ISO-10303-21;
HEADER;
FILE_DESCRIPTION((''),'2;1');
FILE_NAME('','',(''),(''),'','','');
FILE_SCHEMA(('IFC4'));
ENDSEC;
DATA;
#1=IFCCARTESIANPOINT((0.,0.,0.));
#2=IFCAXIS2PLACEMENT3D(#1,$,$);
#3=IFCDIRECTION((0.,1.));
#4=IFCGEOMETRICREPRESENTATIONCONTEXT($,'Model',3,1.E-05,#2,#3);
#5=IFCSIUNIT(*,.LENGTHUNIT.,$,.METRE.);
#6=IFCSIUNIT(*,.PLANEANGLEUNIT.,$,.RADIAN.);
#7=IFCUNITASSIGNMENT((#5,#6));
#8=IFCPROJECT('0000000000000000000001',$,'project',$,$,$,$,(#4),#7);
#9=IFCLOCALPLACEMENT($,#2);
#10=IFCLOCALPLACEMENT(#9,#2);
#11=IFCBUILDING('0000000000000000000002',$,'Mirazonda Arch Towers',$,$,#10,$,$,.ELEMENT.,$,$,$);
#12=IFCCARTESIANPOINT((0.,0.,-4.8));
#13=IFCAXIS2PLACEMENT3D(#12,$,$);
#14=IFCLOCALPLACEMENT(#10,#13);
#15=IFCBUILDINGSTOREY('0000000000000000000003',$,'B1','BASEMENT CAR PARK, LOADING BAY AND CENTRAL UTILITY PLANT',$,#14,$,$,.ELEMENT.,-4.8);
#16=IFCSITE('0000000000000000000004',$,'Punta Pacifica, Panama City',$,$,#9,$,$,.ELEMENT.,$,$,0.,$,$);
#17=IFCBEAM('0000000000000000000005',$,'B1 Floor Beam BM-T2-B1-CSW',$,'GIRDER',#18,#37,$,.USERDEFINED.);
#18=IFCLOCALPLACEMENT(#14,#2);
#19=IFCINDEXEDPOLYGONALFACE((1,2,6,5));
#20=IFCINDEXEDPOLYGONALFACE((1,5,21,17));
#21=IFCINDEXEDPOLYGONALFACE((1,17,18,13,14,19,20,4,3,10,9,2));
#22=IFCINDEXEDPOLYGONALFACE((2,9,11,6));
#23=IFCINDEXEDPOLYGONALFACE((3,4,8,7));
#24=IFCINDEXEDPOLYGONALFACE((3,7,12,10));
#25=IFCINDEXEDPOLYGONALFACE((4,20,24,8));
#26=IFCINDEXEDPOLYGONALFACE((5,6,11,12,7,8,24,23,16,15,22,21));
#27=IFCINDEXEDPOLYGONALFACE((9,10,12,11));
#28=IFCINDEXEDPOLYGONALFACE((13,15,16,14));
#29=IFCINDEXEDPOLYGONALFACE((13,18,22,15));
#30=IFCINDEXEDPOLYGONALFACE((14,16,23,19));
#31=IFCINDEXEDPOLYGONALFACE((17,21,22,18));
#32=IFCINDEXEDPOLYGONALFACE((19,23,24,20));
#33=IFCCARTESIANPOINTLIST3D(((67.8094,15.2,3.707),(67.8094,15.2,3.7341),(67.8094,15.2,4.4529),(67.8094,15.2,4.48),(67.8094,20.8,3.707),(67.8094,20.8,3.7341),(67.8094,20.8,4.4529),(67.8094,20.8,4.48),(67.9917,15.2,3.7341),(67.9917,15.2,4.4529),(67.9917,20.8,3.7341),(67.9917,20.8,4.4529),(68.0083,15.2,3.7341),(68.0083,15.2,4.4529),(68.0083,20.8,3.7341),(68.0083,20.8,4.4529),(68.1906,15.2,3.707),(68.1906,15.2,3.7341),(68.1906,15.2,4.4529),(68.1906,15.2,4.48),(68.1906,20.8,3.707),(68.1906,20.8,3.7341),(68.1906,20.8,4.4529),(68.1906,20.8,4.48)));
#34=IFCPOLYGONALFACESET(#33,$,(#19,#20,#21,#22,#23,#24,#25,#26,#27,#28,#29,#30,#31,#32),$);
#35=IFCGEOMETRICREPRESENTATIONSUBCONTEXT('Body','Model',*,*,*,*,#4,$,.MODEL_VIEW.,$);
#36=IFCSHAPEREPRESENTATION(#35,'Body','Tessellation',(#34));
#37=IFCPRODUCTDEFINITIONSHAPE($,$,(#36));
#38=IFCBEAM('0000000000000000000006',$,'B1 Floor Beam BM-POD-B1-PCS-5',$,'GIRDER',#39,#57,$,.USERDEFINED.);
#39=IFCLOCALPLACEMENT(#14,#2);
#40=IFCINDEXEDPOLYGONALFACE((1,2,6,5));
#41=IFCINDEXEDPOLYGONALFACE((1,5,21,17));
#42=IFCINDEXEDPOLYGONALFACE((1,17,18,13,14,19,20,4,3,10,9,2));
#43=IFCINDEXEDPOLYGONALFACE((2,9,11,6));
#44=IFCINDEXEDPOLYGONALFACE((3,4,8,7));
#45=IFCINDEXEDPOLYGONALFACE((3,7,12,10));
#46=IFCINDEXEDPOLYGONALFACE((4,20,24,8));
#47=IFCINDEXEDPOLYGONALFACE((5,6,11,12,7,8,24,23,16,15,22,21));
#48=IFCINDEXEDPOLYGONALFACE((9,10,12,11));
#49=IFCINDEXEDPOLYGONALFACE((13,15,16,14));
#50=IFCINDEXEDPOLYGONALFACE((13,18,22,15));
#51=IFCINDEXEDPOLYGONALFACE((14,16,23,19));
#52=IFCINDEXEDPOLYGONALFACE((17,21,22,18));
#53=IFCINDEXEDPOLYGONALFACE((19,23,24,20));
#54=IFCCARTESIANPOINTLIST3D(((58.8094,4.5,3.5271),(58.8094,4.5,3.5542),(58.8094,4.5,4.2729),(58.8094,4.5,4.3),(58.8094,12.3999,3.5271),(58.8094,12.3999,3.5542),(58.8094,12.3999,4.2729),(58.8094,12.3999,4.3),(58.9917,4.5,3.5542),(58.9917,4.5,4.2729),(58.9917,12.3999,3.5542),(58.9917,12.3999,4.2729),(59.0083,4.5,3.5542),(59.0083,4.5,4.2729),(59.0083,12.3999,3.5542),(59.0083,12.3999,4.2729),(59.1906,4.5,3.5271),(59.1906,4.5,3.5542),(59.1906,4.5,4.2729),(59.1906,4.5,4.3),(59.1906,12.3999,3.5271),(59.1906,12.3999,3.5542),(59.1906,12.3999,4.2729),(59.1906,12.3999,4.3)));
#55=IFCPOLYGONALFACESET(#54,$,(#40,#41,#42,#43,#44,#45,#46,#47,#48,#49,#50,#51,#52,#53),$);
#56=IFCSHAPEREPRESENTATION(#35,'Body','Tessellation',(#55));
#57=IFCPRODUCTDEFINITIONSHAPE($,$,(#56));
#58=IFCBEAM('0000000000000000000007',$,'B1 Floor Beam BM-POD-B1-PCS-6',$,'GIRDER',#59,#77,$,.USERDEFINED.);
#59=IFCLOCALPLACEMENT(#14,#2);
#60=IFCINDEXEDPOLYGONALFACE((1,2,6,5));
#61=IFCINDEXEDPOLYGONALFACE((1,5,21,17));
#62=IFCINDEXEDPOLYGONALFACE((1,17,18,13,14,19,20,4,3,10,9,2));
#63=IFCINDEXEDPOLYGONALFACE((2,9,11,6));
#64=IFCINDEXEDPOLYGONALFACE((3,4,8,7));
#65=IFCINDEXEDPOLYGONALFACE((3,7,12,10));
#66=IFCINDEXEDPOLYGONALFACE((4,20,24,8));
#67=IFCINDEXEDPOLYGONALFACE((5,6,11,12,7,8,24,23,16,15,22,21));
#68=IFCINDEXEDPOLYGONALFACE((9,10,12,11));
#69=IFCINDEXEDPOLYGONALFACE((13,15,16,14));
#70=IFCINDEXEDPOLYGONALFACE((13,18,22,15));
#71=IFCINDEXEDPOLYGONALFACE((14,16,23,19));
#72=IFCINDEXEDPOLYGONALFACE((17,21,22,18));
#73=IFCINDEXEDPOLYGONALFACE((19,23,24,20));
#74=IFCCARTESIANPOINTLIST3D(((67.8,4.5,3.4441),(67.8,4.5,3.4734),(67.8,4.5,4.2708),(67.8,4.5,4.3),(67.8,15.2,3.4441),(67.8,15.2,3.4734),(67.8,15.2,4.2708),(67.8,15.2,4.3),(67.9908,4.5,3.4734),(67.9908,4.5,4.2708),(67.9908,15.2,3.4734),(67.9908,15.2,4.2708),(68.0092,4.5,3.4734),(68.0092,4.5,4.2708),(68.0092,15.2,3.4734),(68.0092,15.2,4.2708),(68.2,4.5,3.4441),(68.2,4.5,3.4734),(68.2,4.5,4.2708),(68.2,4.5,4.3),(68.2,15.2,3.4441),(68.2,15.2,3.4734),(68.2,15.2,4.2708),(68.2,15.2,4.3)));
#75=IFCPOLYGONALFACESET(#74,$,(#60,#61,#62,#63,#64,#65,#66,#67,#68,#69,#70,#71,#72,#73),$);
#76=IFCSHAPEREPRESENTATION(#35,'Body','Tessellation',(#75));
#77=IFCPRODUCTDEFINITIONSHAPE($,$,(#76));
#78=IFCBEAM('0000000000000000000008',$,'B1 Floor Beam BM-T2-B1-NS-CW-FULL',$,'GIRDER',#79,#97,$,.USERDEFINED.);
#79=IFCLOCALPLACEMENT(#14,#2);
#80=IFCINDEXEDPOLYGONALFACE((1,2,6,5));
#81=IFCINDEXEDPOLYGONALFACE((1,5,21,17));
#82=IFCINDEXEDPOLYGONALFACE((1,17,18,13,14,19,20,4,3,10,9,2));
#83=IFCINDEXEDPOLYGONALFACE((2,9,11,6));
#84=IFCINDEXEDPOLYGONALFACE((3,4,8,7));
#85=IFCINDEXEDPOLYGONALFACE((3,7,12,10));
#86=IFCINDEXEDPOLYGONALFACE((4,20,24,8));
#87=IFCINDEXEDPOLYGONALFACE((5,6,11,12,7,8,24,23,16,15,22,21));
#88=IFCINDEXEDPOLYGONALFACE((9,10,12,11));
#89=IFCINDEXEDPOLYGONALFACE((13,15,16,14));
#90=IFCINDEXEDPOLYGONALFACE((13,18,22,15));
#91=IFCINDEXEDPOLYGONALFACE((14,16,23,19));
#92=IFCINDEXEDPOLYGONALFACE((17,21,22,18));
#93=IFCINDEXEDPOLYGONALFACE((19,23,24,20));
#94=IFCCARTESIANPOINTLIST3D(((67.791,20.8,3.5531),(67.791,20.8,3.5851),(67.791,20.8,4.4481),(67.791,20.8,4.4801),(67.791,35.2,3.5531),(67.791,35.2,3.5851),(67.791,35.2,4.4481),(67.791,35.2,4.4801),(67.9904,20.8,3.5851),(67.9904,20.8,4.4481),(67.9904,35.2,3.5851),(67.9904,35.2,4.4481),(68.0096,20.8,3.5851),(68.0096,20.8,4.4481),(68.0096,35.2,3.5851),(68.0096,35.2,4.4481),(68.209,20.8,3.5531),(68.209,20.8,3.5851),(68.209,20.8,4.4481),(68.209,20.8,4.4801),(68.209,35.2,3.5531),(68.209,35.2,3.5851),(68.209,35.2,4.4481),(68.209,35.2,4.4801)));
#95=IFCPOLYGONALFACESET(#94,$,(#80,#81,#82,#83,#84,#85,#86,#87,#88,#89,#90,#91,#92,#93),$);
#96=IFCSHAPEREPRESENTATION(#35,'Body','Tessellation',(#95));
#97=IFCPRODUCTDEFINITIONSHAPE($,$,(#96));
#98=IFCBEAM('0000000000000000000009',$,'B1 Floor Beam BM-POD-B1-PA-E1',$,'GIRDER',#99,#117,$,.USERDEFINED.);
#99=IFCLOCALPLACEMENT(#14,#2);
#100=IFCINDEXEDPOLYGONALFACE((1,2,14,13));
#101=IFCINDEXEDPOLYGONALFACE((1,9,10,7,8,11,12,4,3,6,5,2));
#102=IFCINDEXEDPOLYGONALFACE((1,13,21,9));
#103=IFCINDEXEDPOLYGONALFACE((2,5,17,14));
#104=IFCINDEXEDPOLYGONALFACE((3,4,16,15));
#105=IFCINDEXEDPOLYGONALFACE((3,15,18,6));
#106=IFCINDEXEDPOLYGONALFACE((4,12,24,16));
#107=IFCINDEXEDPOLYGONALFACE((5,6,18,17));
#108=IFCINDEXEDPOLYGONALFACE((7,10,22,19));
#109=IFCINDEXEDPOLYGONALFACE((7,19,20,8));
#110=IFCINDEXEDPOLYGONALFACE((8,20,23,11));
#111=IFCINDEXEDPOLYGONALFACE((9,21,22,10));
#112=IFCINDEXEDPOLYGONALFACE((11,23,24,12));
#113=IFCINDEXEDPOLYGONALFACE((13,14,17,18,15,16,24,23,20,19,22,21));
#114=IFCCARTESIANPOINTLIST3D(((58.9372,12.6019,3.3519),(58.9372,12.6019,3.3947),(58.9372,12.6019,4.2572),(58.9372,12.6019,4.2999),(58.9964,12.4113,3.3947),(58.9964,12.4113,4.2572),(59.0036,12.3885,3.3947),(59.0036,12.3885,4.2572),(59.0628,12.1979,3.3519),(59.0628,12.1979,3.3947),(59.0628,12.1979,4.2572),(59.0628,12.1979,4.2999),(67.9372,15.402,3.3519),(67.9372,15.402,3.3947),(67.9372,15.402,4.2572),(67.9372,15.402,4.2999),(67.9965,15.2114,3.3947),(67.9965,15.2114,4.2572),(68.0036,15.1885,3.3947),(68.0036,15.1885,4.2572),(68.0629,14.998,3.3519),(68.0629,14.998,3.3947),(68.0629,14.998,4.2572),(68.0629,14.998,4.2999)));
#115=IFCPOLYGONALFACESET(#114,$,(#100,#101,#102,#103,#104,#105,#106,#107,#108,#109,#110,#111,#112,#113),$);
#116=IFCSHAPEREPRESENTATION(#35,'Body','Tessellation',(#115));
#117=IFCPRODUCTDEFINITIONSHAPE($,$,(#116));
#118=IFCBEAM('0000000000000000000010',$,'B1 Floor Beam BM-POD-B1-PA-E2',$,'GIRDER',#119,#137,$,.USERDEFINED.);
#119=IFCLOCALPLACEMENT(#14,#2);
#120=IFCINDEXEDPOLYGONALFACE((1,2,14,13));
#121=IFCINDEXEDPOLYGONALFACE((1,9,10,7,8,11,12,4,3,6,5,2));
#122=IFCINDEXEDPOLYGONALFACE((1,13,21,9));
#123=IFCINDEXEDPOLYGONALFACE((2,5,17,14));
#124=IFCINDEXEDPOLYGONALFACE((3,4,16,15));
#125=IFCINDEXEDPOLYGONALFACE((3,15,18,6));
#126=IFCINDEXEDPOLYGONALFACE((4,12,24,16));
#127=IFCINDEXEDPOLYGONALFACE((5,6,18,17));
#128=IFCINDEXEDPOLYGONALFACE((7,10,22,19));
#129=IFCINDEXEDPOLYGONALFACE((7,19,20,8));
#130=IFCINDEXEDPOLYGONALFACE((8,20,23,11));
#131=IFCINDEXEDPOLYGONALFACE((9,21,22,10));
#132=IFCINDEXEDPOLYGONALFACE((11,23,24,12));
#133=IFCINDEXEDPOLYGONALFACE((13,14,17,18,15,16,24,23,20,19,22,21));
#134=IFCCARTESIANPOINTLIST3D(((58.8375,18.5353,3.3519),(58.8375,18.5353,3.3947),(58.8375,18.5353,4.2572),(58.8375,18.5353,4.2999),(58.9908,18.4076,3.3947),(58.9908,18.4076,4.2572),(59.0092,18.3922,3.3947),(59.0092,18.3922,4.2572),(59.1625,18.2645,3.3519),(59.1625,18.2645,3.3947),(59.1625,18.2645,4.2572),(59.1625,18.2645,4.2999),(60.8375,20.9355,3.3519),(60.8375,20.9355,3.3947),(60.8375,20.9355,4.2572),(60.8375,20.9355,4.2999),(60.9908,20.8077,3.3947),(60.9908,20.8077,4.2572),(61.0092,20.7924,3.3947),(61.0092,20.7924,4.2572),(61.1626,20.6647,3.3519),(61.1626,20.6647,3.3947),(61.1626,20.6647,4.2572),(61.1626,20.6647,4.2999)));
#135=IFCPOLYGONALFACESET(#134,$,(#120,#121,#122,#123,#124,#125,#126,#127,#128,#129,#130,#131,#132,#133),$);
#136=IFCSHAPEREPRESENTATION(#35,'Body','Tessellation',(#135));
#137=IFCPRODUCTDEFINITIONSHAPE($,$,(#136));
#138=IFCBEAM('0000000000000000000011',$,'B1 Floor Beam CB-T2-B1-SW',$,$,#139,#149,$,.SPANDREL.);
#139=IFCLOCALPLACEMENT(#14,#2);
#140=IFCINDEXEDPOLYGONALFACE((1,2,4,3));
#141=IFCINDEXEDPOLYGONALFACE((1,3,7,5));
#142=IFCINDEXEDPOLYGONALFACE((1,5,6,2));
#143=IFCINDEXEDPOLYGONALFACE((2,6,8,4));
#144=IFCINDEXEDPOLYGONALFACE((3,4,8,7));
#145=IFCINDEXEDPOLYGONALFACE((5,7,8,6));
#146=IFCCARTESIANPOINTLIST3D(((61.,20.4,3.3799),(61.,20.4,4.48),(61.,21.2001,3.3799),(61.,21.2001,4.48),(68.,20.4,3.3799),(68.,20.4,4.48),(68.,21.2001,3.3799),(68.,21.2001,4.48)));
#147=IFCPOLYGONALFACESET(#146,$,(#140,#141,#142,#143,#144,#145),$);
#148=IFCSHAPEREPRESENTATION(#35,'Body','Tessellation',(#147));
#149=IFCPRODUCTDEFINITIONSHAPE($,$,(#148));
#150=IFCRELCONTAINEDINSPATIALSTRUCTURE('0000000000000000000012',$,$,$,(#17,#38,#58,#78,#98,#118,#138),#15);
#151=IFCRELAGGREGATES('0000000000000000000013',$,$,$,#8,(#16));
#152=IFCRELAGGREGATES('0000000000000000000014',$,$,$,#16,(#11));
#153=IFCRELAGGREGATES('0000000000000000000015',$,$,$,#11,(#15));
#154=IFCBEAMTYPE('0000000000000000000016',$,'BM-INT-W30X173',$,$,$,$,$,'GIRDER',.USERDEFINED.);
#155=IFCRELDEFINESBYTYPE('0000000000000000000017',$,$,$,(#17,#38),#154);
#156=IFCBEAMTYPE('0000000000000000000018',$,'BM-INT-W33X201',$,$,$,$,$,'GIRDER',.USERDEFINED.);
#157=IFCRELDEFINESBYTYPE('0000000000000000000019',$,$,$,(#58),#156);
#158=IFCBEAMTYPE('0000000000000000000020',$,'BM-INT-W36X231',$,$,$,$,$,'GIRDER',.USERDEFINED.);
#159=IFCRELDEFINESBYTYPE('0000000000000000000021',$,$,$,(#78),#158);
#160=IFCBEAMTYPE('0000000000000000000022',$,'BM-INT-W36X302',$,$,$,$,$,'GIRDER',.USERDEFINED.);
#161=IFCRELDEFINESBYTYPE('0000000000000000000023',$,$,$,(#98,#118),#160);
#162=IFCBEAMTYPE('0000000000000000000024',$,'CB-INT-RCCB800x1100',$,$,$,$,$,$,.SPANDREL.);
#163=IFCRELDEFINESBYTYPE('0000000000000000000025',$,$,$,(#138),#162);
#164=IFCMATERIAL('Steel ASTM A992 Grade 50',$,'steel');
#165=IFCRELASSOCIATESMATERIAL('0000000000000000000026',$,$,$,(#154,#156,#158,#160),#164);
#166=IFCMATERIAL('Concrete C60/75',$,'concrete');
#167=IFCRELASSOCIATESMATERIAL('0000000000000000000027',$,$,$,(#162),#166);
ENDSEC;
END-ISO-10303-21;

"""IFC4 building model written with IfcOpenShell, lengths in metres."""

from ifc_helpers import new_model, si_unit, direction, frame, origin, origin_2d, place, context, subcontext, project, spatial, rectangle, i_section, extrude, material, material_profile, profile_set, type_object, element, save


model = new_model("IFC4")

# Units and contexts
model_context = context("Model", 3, precision=1e-05, world=origin(), true_north=direction((0.0, 1.0)))
body_context = subcontext(model_context, "Body", "Model", "MODEL_VIEW")
ifc_project = project(units=[si_unit("LENGTHUNIT", "METRE"), si_unit("PLANEANGLEUNIT", "RADIAN")], contexts=[model_context])

# Site, building, storey
site_placement = place(None, origin())
site = spatial("IfcSite", under=ifc_project, at=site_placement, Name="Punta Pacifica, Panama City", CompositionType="ELEMENT", RefElevation=0.0)
building_placement = place(site_placement, origin())
building = spatial("IfcBuilding", under=site, at=building_placement, Name="Mirazonda Arch Towers", CompositionType="ELEMENT")
storey_placement = place(building_placement, frame((0.0, 0.0, -4.8)))
storey = spatial("IfcBuildingStorey", under=building, at=storey_placement, Name="B1", Description="BASEMENT CAR PARK, LOADING BAY AND CENTRAL UTILITY PLANT", CompositionType="ELEMENT", Elevation=-4.8)

# Shared definitions
ifc_material_1 = material(Name="Concrete C60/75", Category="concrete")

# Beams
ifc_material_2 = material(Name="Steel ASTM A992 Grade 50", Category="steel")
ifc_material_profile_1 = material_profile(ifc_material_2, i_section(OverallWidth=0.3811, OverallDepth=0.7729, WebThickness=0.0166, FlangeThickness=0.0271, at=origin_2d()), Name="W30X173")
ifc_profile_set_1 = profile_set([ifc_material_profile_1], Name="Steel ASTM A992 Grade 50")
beam_type_1 = type_object("IfcBeamType", Name="BM-INT-W30X173", ElementType="GIRDER", PredefinedType="USERDEFINED", material=ifc_profile_set_1)
beam_1_placement = place(storey_placement, frame((68.0, 15.2, 4.0935), z_axis=(0.0, 1.0, 0.0), x_axis=(-1.0, 0.0, 0.0)))
element("IfcBeam", 1, at=beam_1_placement, inside=storey, type_object=beam_type_1, Name="B1 Floor Beam BM-T2-B1-CSW", ObjectType="GIRDER", PredefinedType="USERDEFINED", context=body_context, shape_type="SweptSolid", body=[
    extrude(i_section(OverallWidth=0.3811, OverallDepth=0.7729, WebThickness=0.0166, FlangeThickness=0.0271, at=origin_2d()), origin(), (0.0, 0.0, 1.0), 5.6001),
])
beam_2_placement = place(storey_placement, frame((59.0, 4.5, 3.9136), z_axis=(0.0, 1.0, 0.0), x_axis=(-1.0, 0.0, 0.0)))
element("IfcBeam", 2, at=beam_2_placement, inside=storey, type_object=beam_type_1, Name="B1 Floor Beam BM-POD-B1-PCS-5", ObjectType="GIRDER", PredefinedType="USERDEFINED", context=body_context, shape_type="SweptSolid", body=[
    extrude(i_section(OverallWidth=0.3811, OverallDepth=0.7729, WebThickness=0.0166, FlangeThickness=0.0271, at=origin_2d()), origin(), (0.0, 0.0, 1.0), 7.8999),
])
ifc_material_profile_2 = material_profile(ifc_material_2, i_section(OverallWidth=0.3999, OverallDepth=0.856, WebThickness=0.0183, FlangeThickness=0.0293, at=origin_2d()), Name="W33X201")
ifc_profile_set_2 = profile_set([ifc_material_profile_2], Name="Steel ASTM A992 Grade 50")
beam_type_2 = type_object("IfcBeamType", Name="BM-INT-W33X201", ElementType="GIRDER", PredefinedType="USERDEFINED", material=ifc_profile_set_2)
beam_3_placement = place(storey_placement, frame((68.0, 4.5, 3.8721), z_axis=(0.0, 1.0, 0.0), x_axis=(-1.0, 0.0, 0.0)))
element("IfcBeam", 3, at=beam_3_placement, inside=storey, type_object=beam_type_2, Name="B1 Floor Beam BM-POD-B1-PCS-6", ObjectType="GIRDER", PredefinedType="USERDEFINED", context=body_context, shape_type="SweptSolid", body=[
    extrude(i_section(OverallWidth=0.3999, OverallDepth=0.856, WebThickness=0.0183, FlangeThickness=0.0293, at=origin_2d()), origin(), (0.0, 0.0, 1.0), 10.7),
])
ifc_material_profile_3 = material_profile(ifc_material_2, i_section(OverallWidth=0.418, OverallDepth=0.927, WebThickness=0.0193, FlangeThickness=0.032, at=origin_2d()), Name="W36X231")
ifc_profile_set_3 = profile_set([ifc_material_profile_3], Name="Steel ASTM A992 Grade 50")
beam_type_3 = type_object("IfcBeamType", Name="BM-INT-W36X231", ElementType="GIRDER", PredefinedType="USERDEFINED", material=ifc_profile_set_3)
beam_4_placement = place(storey_placement, frame((68.0, 20.8, 4.0166), z_axis=(0.0, 1.0, 0.0), x_axis=(-1.0, 0.0, 0.0)))
element("IfcBeam", 4, at=beam_4_placement, inside=storey, type_object=beam_type_3, Name="B1 Floor Beam BM-T2-B1-NS-CW-FULL", ObjectType="GIRDER", PredefinedType="USERDEFINED", context=body_context, shape_type="SweptSolid", body=[
    extrude(i_section(OverallWidth=0.418, OverallDepth=0.927, WebThickness=0.0193, FlangeThickness=0.032, at=origin_2d()), origin(), (0.0, 0.0, 1.0), 14.3999),
])
ifc_material_profile_4 = material_profile(ifc_material_2, i_section(OverallWidth=0.4231, OverallDepth=0.948, WebThickness=0.0239, FlangeThickness=0.0427, at=origin_2d()), Name="W36X302")
ifc_profile_set_4 = profile_set([ifc_material_profile_4], Name="Steel ASTM A992 Grade 50")
beam_type_4 = type_object("IfcBeamType", Name="BM-INT-W36X302", ElementType="GIRDER", PredefinedType="USERDEFINED", material=ifc_profile_set_4)
beam_5_placement = place(storey_placement, frame((59.0, 12.3999, 3.8259), z_axis=(0.954855, 0.297071, 0.0), x_axis=(-0.297071, 0.954855, 0.0)))
element("IfcBeam", 5, at=beam_5_placement, inside=storey, type_object=beam_type_4, Name="B1 Floor Beam BM-POD-B1-PA-E1", ObjectType="GIRDER", PredefinedType="USERDEFINED", context=body_context, shape_type="SweptSolid", body=[
    extrude(i_section(OverallWidth=0.4231, OverallDepth=0.948, WebThickness=0.0239, FlangeThickness=0.0427, at=origin_2d()), origin(), (0.0, 0.0, 1.0), 9.4255),
])
beam_6_placement = place(storey_placement, frame((59.0, 18.3999, 3.8259), z_axis=(0.640161, 0.76824, 0.0), x_axis=(-0.76824, 0.640161, 0.0)))
element("IfcBeam", 6, at=beam_6_placement, inside=storey, type_object=beam_type_4, Name="B1 Floor Beam BM-POD-B1-PA-E2", ObjectType="GIRDER", PredefinedType="USERDEFINED", context=body_context, shape_type="SweptSolid", body=[
    extrude(i_section(OverallWidth=0.4231, OverallDepth=0.948, WebThickness=0.0239, FlangeThickness=0.0427, at=origin_2d()), origin(), (0.0, 0.0, 1.0), 3.1243),
])
ifc_material_profile_5 = material_profile(ifc_material_1, rectangle(XDim=0.8, YDim=1.1001, at=origin_2d()), Name="RCCB800x1100")
ifc_profile_set_5 = profile_set([ifc_material_profile_5], Name="Concrete C60/75")
beam_type_5 = type_object("IfcBeamType", Name="CB-INT-RCCB800x1100", PredefinedType="SPANDREL", material=ifc_profile_set_5)
beam_7_placement = place(storey_placement, frame((61.0, 20.8, 3.9299), z_axis=(1.0, 0.0, 0.0), x_axis=(0.0, 1.0, 0.0)))
element("IfcBeam", 7, at=beam_7_placement, inside=storey, type_object=beam_type_5, Name="B1 Floor Beam CB-T2-B1-SW", PredefinedType="SPANDREL", context=body_context, shape_type="SweptSolid", body=[
    extrude(rectangle(XDim=0.8, YDim=1.1001, at=origin_2d()), origin(), (0.0, 0.0, 1.0), 7.0),
])

save(model, "model.ifc")
